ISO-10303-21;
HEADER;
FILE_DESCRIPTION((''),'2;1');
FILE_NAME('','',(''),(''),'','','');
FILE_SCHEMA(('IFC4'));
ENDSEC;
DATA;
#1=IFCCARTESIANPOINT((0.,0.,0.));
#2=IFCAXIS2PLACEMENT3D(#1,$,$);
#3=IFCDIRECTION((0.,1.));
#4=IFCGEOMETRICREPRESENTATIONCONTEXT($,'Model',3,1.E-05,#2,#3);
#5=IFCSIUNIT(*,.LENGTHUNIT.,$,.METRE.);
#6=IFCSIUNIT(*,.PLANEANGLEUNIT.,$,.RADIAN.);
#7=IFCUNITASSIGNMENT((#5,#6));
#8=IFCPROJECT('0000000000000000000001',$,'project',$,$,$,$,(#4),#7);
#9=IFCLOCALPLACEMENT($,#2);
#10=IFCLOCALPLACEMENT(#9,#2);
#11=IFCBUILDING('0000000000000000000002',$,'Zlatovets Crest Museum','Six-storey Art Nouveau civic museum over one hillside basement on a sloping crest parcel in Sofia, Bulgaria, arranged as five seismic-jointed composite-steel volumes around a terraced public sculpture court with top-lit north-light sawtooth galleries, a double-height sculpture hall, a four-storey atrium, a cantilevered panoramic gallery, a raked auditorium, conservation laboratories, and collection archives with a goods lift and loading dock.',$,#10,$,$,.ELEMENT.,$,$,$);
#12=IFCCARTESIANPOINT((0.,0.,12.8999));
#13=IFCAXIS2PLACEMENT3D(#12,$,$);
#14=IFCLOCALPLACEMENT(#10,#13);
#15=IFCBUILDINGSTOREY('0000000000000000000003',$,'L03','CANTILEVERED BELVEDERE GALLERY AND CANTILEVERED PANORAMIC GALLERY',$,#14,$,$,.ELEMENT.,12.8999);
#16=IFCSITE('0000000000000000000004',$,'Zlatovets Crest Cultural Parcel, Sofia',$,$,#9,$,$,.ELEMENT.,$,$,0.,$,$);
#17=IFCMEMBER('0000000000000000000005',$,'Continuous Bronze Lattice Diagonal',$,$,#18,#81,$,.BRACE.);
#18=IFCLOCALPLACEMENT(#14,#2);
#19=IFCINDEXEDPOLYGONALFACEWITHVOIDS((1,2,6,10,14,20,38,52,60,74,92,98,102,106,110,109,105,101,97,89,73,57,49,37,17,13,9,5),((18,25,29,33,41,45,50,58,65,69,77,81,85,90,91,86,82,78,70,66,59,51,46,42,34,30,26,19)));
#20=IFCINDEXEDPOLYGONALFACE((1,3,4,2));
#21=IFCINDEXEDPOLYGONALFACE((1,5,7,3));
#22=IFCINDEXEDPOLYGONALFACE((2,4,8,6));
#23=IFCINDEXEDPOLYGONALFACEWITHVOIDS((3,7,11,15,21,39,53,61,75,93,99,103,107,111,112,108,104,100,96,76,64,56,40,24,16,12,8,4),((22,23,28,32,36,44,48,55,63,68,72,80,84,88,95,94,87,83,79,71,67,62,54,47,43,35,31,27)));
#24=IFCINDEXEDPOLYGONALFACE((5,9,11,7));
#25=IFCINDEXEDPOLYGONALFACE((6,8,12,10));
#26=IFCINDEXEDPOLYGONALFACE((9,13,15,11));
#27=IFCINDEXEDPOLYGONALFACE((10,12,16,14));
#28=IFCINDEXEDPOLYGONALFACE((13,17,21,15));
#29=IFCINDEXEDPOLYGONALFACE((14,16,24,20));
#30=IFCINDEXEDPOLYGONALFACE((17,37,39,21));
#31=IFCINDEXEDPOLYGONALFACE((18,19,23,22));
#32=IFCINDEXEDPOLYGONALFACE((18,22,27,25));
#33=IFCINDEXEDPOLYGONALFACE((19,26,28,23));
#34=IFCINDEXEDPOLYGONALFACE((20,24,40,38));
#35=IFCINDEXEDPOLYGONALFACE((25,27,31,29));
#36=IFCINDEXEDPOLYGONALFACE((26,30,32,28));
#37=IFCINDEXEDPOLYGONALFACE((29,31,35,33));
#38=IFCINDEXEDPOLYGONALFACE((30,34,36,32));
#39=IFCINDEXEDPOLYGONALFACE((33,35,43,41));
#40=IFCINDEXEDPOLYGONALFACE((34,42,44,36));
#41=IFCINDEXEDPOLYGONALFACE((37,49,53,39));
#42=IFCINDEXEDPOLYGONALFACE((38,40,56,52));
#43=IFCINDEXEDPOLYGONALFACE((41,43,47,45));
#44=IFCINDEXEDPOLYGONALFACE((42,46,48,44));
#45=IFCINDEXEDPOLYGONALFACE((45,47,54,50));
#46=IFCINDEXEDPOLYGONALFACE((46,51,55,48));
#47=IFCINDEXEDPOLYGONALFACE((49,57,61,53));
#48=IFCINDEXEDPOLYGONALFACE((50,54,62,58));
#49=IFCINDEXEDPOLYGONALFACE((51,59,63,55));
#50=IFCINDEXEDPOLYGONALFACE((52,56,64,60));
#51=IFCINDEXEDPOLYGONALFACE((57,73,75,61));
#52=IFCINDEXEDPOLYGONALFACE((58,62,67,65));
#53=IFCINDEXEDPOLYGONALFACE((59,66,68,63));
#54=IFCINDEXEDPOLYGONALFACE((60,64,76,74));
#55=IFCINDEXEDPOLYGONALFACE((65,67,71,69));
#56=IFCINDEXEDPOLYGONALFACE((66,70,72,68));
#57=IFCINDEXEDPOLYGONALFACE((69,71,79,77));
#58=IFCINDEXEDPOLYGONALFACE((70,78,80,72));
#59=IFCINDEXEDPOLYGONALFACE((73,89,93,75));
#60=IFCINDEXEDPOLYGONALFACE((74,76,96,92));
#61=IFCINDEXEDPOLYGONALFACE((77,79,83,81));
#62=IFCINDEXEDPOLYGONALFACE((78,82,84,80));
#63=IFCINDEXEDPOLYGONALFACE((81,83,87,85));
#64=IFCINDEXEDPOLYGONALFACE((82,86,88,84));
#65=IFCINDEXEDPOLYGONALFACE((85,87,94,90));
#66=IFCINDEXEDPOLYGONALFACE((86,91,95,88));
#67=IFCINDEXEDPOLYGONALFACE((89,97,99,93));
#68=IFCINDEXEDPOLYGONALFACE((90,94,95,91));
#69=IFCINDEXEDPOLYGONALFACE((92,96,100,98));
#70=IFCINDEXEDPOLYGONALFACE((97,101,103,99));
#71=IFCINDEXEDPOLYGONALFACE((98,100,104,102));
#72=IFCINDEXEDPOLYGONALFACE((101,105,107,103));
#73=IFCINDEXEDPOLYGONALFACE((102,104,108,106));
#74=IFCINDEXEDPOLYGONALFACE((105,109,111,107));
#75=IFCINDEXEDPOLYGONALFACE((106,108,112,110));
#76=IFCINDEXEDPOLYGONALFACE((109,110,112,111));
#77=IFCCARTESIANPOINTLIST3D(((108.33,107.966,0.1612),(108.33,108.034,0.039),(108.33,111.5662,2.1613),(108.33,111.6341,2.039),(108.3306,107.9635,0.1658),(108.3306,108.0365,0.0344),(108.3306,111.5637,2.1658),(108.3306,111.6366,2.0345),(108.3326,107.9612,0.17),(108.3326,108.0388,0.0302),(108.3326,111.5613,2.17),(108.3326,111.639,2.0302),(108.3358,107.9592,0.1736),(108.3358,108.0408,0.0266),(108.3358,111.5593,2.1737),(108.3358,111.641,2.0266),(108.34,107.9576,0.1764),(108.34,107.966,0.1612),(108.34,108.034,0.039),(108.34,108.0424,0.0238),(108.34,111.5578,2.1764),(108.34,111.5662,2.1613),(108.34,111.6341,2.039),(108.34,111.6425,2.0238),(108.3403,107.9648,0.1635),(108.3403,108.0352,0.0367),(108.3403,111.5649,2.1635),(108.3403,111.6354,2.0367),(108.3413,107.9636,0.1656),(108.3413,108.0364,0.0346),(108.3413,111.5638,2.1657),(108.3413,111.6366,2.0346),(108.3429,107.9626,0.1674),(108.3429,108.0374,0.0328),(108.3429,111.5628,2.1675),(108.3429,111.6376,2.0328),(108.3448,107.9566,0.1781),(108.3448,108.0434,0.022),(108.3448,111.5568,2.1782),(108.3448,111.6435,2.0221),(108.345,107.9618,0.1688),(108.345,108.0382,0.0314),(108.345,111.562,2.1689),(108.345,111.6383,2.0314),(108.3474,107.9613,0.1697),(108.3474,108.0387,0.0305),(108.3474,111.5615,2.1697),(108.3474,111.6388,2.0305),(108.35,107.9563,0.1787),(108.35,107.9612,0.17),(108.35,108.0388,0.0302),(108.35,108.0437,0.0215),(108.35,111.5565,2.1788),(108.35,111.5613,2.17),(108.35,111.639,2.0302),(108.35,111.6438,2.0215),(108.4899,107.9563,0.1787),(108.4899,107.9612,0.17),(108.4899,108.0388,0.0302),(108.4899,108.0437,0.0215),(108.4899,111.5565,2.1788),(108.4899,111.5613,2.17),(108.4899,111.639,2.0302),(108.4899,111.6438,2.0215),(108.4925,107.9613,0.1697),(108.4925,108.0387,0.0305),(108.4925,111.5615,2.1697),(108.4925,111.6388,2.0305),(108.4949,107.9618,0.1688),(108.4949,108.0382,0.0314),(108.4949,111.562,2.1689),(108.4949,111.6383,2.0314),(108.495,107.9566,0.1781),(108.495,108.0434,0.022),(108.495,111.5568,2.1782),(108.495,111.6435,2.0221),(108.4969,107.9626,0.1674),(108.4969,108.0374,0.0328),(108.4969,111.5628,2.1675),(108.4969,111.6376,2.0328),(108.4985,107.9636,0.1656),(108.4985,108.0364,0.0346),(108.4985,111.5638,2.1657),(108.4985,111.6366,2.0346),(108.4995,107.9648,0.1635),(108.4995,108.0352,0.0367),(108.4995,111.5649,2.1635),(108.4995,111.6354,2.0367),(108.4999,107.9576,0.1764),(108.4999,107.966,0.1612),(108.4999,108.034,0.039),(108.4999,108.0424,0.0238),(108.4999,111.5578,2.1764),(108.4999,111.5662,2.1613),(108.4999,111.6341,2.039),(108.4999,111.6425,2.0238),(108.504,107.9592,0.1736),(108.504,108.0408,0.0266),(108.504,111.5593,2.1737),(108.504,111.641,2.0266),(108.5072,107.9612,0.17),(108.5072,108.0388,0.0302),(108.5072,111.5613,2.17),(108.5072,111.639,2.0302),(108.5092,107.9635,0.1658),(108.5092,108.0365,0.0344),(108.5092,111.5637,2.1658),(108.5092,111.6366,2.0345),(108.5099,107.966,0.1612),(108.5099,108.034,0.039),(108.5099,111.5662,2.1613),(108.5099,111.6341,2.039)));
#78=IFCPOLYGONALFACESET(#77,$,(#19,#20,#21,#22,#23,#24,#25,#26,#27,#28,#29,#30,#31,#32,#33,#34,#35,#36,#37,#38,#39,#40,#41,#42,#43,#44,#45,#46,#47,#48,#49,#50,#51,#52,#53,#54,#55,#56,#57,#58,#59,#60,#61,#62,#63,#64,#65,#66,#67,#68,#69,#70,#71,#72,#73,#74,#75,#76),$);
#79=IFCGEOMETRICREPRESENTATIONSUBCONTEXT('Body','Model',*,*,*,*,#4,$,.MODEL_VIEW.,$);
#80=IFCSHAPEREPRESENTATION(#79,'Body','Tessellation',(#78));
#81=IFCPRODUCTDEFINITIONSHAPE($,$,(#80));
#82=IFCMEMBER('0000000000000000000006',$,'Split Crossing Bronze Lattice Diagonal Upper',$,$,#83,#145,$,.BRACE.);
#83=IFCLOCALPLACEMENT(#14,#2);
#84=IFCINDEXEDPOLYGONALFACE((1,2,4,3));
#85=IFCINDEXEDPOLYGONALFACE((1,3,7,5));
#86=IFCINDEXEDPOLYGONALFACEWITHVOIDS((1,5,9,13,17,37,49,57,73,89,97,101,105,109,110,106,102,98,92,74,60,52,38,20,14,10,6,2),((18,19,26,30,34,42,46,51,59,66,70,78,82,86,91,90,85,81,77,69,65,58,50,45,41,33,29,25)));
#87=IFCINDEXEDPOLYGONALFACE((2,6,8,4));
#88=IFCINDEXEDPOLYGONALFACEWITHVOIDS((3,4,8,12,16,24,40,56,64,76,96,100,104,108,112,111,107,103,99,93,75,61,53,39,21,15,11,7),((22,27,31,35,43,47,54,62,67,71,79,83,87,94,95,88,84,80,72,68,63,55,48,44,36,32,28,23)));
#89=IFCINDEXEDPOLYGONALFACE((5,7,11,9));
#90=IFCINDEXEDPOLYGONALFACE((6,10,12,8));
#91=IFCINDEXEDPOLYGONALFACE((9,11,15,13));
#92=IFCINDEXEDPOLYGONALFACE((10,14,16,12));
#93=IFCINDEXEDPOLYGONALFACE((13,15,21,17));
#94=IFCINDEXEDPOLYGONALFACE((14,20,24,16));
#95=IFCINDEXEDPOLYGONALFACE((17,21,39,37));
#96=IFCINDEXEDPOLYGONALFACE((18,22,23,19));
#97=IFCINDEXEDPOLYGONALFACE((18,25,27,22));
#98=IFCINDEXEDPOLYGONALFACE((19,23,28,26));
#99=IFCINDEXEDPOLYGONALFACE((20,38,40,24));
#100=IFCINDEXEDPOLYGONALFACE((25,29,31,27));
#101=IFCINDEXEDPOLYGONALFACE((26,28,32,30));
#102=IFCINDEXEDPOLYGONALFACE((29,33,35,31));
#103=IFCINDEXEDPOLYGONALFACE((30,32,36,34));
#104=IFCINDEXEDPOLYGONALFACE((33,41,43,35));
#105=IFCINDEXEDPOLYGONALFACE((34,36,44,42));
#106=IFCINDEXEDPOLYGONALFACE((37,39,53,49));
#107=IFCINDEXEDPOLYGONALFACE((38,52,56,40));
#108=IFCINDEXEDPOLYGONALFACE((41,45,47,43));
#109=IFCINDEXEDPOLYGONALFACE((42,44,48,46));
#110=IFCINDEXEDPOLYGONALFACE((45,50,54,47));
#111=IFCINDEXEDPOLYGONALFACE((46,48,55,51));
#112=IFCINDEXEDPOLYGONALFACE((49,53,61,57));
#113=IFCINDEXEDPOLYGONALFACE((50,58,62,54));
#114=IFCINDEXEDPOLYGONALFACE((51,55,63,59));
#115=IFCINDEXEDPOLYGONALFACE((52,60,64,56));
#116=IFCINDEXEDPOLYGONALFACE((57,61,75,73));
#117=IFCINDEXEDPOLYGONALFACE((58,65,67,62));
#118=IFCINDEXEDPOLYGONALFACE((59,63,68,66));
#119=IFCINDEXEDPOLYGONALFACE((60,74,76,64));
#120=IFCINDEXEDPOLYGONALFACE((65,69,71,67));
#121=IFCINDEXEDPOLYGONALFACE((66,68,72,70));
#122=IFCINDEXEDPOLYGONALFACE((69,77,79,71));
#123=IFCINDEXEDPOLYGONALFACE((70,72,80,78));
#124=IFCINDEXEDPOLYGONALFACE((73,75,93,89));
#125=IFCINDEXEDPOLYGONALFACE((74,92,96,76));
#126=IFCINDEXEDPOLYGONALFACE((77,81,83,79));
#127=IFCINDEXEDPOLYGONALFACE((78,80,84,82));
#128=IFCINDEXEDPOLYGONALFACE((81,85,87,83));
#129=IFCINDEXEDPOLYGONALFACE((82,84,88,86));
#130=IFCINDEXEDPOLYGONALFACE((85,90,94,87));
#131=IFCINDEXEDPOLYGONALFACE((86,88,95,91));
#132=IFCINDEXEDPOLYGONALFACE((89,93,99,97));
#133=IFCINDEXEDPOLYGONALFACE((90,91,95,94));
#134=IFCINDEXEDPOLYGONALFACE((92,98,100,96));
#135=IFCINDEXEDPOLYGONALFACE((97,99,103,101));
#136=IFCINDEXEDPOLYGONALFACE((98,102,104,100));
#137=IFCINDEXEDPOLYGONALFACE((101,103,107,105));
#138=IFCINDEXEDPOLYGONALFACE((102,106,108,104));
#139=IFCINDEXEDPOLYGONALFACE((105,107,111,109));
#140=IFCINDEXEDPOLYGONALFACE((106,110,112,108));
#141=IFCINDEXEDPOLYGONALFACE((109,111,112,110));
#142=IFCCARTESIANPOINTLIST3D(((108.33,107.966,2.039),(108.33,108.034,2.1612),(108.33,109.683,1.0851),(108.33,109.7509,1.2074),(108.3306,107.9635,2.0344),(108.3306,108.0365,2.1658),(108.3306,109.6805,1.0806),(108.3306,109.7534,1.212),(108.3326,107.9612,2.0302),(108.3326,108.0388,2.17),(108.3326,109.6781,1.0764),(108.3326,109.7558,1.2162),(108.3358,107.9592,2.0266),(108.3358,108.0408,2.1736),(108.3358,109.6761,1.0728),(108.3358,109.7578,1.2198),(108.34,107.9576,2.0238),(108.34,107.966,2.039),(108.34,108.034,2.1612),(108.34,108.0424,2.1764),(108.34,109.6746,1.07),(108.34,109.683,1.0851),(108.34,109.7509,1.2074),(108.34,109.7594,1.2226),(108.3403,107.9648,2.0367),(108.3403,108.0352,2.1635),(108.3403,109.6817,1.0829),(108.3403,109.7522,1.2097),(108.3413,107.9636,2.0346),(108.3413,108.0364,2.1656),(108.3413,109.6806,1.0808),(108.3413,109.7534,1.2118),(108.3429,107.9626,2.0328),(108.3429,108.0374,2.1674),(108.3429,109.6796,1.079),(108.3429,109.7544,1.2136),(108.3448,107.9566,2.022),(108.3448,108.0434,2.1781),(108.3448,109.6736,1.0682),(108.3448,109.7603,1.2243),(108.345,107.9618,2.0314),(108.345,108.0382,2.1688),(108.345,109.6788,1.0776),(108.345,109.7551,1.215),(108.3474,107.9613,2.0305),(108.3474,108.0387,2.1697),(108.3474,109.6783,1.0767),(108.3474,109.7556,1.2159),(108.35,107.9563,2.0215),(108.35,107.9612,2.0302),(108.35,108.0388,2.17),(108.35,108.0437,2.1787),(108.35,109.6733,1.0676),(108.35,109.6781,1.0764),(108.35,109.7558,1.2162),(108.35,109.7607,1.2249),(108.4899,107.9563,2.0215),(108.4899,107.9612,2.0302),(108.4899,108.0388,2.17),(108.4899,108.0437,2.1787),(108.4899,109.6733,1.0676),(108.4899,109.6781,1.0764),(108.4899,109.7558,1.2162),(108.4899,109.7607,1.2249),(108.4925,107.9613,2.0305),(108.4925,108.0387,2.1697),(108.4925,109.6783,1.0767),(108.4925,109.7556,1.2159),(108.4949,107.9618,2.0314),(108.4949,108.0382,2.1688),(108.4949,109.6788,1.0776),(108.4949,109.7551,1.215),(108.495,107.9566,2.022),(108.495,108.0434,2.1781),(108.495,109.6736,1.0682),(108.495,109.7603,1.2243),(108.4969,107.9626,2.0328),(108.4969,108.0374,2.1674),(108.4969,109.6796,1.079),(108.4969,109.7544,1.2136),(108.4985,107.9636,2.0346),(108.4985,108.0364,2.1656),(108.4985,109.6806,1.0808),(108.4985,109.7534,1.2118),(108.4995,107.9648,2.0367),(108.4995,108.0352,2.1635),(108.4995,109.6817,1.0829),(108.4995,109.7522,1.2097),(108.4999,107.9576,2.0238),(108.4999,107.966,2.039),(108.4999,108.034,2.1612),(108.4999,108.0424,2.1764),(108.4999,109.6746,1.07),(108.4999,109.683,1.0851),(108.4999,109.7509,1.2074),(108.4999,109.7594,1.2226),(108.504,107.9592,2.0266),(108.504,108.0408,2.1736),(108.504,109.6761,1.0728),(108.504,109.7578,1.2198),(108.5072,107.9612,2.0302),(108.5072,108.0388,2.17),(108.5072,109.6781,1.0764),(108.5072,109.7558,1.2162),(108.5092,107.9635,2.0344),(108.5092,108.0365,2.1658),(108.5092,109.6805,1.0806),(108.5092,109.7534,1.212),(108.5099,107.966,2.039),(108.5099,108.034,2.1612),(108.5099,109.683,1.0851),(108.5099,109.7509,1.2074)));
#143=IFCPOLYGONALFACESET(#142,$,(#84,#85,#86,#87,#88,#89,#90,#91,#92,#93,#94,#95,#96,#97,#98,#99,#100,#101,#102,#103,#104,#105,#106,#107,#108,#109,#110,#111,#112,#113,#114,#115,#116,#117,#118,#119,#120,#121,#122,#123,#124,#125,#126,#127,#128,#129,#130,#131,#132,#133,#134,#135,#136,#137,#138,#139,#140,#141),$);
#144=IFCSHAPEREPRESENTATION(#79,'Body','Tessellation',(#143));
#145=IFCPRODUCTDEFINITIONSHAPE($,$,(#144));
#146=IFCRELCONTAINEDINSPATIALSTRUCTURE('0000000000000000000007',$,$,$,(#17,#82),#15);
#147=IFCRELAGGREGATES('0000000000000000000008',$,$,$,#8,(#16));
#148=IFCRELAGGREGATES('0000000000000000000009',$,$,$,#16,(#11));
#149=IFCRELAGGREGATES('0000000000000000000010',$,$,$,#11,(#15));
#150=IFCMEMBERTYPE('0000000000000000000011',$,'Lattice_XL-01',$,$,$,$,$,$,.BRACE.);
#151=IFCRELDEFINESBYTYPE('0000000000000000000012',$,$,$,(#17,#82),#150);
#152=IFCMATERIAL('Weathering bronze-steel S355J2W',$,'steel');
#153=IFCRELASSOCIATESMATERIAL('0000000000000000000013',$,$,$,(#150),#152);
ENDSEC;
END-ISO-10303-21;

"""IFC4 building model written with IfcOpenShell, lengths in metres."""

from ifc_helpers import new_model, si_unit, direction, frame, origin, origin_2d, place, context, subcontext, project, spatial, hollow_rectangle, extrude, material, material_profile, profile_set, type_object, element, save


model = new_model("IFC4")

# Units and contexts
model_context = context("Model", 3, precision=1e-05, world=origin(), true_north=direction((0.0, 1.0)))
body_context = subcontext(model_context, "Body", "Model", "MODEL_VIEW")
ifc_project = project(units=[si_unit("LENGTHUNIT", "METRE"), si_unit("PLANEANGLEUNIT", "RADIAN")], contexts=[model_context])

# Site, building, storey
site_placement = place(None, origin())
site = spatial("IfcSite", under=ifc_project, at=site_placement, Name="Zlatovets Crest Cultural Parcel, Sofia", CompositionType="ELEMENT", RefElevation=0.0)
building_placement = place(site_placement, origin())
building = spatial("IfcBuilding", under=site, at=building_placement, Name="Zlatovets Crest Museum", Description="Six-storey Art Nouveau civic museum over one hillside basement on a sloping crest parcel in Sofia, Bulgaria, arranged as five seismic-jointed composite-steel volumes around a terraced public sculpture court with top-lit north-light sawtooth galleries, a double-height sculpture hall, a four-storey atrium, a cantilevered panoramic gallery, a raked auditorium, conservation laboratories, and collection archives with a goods lift and loading dock.", CompositionType="ELEMENT")
storey_placement = place(building_placement, frame((0.0, 0.0, 12.8999)))
storey = spatial("IfcBuildingStorey", under=building, at=storey_placement, Name="L03", Description="CANTILEVERED BELVEDERE GALLERY AND CANTILEVERED PANORAMIC GALLERY", CompositionType="ELEMENT", Elevation=12.8999)

# Members
ifc_material_1 = material(Name="Weathering bronze-steel S355J2W", Category="steel")
ifc_material_profile_1 = material_profile(ifc_material_1, hollow_rectangle(XDim=0.1799, YDim=0.1799, WallThickness=0.01, InnerFilletRadius=0.01, OuterFilletRadius=0.02, at=origin_2d()), Name="SHS 180x180x10.0")
ifc_profile_set_1 = profile_set([ifc_material_profile_1], Name="Weathering bronze-steel S355J2W")
member_type_1 = type_object("IfcMemberType", Name="Lattice_XL-01", PredefinedType="BRACE", material=ifc_profile_set_1)
member_1_placement = place(storey_placement, frame((108.4199, 108.0, 0.1001), z_axis=(0.0, 0.874163, 0.485633), x_axis=(-1.0, 0.0, 0.0)))
element("IfcMember", 1, at=member_1_placement, inside=storey, type_object=member_type_1, Name="Continuous Bronze Lattice Diagonal", PredefinedType="BRACE", context=body_context, shape_type="SweptSolid", body=[
    extrude(hollow_rectangle(XDim=0.1799, YDim=0.1799, WallThickness=0.01, InnerFilletRadius=0.01, OuterFilletRadius=0.02, at=origin_2d()), origin(), (0.0, 0.0, 1.0), 4.1184),
])
for number, where, z_axis, x_axis, name in (
    (2, (108.4199, 108.0, 2.1001), (0.0, 0.874169, -0.485622), (-1.0, 0.0, 0.0), "Split Crossing Bronze Lattice Diagonal Upper"),
):
    element("IfcMember", number, at=place(storey_placement, frame(where, z_axis=z_axis, x_axis=x_axis)), inside=storey, type_object=member_type_1, Name=name, PredefinedType="BRACE", context=body_context, shape_type="SweptSolid", body=[
        extrude(hollow_rectangle(XDim=0.1799, YDim=0.1799, WallThickness=0.01, InnerFilletRadius=0.01, OuterFilletRadius=0.02, at=origin_2d()), origin(), (0.0, 0.0, 1.0), 1.9641),
    ])

save(model, "model.ifc")
